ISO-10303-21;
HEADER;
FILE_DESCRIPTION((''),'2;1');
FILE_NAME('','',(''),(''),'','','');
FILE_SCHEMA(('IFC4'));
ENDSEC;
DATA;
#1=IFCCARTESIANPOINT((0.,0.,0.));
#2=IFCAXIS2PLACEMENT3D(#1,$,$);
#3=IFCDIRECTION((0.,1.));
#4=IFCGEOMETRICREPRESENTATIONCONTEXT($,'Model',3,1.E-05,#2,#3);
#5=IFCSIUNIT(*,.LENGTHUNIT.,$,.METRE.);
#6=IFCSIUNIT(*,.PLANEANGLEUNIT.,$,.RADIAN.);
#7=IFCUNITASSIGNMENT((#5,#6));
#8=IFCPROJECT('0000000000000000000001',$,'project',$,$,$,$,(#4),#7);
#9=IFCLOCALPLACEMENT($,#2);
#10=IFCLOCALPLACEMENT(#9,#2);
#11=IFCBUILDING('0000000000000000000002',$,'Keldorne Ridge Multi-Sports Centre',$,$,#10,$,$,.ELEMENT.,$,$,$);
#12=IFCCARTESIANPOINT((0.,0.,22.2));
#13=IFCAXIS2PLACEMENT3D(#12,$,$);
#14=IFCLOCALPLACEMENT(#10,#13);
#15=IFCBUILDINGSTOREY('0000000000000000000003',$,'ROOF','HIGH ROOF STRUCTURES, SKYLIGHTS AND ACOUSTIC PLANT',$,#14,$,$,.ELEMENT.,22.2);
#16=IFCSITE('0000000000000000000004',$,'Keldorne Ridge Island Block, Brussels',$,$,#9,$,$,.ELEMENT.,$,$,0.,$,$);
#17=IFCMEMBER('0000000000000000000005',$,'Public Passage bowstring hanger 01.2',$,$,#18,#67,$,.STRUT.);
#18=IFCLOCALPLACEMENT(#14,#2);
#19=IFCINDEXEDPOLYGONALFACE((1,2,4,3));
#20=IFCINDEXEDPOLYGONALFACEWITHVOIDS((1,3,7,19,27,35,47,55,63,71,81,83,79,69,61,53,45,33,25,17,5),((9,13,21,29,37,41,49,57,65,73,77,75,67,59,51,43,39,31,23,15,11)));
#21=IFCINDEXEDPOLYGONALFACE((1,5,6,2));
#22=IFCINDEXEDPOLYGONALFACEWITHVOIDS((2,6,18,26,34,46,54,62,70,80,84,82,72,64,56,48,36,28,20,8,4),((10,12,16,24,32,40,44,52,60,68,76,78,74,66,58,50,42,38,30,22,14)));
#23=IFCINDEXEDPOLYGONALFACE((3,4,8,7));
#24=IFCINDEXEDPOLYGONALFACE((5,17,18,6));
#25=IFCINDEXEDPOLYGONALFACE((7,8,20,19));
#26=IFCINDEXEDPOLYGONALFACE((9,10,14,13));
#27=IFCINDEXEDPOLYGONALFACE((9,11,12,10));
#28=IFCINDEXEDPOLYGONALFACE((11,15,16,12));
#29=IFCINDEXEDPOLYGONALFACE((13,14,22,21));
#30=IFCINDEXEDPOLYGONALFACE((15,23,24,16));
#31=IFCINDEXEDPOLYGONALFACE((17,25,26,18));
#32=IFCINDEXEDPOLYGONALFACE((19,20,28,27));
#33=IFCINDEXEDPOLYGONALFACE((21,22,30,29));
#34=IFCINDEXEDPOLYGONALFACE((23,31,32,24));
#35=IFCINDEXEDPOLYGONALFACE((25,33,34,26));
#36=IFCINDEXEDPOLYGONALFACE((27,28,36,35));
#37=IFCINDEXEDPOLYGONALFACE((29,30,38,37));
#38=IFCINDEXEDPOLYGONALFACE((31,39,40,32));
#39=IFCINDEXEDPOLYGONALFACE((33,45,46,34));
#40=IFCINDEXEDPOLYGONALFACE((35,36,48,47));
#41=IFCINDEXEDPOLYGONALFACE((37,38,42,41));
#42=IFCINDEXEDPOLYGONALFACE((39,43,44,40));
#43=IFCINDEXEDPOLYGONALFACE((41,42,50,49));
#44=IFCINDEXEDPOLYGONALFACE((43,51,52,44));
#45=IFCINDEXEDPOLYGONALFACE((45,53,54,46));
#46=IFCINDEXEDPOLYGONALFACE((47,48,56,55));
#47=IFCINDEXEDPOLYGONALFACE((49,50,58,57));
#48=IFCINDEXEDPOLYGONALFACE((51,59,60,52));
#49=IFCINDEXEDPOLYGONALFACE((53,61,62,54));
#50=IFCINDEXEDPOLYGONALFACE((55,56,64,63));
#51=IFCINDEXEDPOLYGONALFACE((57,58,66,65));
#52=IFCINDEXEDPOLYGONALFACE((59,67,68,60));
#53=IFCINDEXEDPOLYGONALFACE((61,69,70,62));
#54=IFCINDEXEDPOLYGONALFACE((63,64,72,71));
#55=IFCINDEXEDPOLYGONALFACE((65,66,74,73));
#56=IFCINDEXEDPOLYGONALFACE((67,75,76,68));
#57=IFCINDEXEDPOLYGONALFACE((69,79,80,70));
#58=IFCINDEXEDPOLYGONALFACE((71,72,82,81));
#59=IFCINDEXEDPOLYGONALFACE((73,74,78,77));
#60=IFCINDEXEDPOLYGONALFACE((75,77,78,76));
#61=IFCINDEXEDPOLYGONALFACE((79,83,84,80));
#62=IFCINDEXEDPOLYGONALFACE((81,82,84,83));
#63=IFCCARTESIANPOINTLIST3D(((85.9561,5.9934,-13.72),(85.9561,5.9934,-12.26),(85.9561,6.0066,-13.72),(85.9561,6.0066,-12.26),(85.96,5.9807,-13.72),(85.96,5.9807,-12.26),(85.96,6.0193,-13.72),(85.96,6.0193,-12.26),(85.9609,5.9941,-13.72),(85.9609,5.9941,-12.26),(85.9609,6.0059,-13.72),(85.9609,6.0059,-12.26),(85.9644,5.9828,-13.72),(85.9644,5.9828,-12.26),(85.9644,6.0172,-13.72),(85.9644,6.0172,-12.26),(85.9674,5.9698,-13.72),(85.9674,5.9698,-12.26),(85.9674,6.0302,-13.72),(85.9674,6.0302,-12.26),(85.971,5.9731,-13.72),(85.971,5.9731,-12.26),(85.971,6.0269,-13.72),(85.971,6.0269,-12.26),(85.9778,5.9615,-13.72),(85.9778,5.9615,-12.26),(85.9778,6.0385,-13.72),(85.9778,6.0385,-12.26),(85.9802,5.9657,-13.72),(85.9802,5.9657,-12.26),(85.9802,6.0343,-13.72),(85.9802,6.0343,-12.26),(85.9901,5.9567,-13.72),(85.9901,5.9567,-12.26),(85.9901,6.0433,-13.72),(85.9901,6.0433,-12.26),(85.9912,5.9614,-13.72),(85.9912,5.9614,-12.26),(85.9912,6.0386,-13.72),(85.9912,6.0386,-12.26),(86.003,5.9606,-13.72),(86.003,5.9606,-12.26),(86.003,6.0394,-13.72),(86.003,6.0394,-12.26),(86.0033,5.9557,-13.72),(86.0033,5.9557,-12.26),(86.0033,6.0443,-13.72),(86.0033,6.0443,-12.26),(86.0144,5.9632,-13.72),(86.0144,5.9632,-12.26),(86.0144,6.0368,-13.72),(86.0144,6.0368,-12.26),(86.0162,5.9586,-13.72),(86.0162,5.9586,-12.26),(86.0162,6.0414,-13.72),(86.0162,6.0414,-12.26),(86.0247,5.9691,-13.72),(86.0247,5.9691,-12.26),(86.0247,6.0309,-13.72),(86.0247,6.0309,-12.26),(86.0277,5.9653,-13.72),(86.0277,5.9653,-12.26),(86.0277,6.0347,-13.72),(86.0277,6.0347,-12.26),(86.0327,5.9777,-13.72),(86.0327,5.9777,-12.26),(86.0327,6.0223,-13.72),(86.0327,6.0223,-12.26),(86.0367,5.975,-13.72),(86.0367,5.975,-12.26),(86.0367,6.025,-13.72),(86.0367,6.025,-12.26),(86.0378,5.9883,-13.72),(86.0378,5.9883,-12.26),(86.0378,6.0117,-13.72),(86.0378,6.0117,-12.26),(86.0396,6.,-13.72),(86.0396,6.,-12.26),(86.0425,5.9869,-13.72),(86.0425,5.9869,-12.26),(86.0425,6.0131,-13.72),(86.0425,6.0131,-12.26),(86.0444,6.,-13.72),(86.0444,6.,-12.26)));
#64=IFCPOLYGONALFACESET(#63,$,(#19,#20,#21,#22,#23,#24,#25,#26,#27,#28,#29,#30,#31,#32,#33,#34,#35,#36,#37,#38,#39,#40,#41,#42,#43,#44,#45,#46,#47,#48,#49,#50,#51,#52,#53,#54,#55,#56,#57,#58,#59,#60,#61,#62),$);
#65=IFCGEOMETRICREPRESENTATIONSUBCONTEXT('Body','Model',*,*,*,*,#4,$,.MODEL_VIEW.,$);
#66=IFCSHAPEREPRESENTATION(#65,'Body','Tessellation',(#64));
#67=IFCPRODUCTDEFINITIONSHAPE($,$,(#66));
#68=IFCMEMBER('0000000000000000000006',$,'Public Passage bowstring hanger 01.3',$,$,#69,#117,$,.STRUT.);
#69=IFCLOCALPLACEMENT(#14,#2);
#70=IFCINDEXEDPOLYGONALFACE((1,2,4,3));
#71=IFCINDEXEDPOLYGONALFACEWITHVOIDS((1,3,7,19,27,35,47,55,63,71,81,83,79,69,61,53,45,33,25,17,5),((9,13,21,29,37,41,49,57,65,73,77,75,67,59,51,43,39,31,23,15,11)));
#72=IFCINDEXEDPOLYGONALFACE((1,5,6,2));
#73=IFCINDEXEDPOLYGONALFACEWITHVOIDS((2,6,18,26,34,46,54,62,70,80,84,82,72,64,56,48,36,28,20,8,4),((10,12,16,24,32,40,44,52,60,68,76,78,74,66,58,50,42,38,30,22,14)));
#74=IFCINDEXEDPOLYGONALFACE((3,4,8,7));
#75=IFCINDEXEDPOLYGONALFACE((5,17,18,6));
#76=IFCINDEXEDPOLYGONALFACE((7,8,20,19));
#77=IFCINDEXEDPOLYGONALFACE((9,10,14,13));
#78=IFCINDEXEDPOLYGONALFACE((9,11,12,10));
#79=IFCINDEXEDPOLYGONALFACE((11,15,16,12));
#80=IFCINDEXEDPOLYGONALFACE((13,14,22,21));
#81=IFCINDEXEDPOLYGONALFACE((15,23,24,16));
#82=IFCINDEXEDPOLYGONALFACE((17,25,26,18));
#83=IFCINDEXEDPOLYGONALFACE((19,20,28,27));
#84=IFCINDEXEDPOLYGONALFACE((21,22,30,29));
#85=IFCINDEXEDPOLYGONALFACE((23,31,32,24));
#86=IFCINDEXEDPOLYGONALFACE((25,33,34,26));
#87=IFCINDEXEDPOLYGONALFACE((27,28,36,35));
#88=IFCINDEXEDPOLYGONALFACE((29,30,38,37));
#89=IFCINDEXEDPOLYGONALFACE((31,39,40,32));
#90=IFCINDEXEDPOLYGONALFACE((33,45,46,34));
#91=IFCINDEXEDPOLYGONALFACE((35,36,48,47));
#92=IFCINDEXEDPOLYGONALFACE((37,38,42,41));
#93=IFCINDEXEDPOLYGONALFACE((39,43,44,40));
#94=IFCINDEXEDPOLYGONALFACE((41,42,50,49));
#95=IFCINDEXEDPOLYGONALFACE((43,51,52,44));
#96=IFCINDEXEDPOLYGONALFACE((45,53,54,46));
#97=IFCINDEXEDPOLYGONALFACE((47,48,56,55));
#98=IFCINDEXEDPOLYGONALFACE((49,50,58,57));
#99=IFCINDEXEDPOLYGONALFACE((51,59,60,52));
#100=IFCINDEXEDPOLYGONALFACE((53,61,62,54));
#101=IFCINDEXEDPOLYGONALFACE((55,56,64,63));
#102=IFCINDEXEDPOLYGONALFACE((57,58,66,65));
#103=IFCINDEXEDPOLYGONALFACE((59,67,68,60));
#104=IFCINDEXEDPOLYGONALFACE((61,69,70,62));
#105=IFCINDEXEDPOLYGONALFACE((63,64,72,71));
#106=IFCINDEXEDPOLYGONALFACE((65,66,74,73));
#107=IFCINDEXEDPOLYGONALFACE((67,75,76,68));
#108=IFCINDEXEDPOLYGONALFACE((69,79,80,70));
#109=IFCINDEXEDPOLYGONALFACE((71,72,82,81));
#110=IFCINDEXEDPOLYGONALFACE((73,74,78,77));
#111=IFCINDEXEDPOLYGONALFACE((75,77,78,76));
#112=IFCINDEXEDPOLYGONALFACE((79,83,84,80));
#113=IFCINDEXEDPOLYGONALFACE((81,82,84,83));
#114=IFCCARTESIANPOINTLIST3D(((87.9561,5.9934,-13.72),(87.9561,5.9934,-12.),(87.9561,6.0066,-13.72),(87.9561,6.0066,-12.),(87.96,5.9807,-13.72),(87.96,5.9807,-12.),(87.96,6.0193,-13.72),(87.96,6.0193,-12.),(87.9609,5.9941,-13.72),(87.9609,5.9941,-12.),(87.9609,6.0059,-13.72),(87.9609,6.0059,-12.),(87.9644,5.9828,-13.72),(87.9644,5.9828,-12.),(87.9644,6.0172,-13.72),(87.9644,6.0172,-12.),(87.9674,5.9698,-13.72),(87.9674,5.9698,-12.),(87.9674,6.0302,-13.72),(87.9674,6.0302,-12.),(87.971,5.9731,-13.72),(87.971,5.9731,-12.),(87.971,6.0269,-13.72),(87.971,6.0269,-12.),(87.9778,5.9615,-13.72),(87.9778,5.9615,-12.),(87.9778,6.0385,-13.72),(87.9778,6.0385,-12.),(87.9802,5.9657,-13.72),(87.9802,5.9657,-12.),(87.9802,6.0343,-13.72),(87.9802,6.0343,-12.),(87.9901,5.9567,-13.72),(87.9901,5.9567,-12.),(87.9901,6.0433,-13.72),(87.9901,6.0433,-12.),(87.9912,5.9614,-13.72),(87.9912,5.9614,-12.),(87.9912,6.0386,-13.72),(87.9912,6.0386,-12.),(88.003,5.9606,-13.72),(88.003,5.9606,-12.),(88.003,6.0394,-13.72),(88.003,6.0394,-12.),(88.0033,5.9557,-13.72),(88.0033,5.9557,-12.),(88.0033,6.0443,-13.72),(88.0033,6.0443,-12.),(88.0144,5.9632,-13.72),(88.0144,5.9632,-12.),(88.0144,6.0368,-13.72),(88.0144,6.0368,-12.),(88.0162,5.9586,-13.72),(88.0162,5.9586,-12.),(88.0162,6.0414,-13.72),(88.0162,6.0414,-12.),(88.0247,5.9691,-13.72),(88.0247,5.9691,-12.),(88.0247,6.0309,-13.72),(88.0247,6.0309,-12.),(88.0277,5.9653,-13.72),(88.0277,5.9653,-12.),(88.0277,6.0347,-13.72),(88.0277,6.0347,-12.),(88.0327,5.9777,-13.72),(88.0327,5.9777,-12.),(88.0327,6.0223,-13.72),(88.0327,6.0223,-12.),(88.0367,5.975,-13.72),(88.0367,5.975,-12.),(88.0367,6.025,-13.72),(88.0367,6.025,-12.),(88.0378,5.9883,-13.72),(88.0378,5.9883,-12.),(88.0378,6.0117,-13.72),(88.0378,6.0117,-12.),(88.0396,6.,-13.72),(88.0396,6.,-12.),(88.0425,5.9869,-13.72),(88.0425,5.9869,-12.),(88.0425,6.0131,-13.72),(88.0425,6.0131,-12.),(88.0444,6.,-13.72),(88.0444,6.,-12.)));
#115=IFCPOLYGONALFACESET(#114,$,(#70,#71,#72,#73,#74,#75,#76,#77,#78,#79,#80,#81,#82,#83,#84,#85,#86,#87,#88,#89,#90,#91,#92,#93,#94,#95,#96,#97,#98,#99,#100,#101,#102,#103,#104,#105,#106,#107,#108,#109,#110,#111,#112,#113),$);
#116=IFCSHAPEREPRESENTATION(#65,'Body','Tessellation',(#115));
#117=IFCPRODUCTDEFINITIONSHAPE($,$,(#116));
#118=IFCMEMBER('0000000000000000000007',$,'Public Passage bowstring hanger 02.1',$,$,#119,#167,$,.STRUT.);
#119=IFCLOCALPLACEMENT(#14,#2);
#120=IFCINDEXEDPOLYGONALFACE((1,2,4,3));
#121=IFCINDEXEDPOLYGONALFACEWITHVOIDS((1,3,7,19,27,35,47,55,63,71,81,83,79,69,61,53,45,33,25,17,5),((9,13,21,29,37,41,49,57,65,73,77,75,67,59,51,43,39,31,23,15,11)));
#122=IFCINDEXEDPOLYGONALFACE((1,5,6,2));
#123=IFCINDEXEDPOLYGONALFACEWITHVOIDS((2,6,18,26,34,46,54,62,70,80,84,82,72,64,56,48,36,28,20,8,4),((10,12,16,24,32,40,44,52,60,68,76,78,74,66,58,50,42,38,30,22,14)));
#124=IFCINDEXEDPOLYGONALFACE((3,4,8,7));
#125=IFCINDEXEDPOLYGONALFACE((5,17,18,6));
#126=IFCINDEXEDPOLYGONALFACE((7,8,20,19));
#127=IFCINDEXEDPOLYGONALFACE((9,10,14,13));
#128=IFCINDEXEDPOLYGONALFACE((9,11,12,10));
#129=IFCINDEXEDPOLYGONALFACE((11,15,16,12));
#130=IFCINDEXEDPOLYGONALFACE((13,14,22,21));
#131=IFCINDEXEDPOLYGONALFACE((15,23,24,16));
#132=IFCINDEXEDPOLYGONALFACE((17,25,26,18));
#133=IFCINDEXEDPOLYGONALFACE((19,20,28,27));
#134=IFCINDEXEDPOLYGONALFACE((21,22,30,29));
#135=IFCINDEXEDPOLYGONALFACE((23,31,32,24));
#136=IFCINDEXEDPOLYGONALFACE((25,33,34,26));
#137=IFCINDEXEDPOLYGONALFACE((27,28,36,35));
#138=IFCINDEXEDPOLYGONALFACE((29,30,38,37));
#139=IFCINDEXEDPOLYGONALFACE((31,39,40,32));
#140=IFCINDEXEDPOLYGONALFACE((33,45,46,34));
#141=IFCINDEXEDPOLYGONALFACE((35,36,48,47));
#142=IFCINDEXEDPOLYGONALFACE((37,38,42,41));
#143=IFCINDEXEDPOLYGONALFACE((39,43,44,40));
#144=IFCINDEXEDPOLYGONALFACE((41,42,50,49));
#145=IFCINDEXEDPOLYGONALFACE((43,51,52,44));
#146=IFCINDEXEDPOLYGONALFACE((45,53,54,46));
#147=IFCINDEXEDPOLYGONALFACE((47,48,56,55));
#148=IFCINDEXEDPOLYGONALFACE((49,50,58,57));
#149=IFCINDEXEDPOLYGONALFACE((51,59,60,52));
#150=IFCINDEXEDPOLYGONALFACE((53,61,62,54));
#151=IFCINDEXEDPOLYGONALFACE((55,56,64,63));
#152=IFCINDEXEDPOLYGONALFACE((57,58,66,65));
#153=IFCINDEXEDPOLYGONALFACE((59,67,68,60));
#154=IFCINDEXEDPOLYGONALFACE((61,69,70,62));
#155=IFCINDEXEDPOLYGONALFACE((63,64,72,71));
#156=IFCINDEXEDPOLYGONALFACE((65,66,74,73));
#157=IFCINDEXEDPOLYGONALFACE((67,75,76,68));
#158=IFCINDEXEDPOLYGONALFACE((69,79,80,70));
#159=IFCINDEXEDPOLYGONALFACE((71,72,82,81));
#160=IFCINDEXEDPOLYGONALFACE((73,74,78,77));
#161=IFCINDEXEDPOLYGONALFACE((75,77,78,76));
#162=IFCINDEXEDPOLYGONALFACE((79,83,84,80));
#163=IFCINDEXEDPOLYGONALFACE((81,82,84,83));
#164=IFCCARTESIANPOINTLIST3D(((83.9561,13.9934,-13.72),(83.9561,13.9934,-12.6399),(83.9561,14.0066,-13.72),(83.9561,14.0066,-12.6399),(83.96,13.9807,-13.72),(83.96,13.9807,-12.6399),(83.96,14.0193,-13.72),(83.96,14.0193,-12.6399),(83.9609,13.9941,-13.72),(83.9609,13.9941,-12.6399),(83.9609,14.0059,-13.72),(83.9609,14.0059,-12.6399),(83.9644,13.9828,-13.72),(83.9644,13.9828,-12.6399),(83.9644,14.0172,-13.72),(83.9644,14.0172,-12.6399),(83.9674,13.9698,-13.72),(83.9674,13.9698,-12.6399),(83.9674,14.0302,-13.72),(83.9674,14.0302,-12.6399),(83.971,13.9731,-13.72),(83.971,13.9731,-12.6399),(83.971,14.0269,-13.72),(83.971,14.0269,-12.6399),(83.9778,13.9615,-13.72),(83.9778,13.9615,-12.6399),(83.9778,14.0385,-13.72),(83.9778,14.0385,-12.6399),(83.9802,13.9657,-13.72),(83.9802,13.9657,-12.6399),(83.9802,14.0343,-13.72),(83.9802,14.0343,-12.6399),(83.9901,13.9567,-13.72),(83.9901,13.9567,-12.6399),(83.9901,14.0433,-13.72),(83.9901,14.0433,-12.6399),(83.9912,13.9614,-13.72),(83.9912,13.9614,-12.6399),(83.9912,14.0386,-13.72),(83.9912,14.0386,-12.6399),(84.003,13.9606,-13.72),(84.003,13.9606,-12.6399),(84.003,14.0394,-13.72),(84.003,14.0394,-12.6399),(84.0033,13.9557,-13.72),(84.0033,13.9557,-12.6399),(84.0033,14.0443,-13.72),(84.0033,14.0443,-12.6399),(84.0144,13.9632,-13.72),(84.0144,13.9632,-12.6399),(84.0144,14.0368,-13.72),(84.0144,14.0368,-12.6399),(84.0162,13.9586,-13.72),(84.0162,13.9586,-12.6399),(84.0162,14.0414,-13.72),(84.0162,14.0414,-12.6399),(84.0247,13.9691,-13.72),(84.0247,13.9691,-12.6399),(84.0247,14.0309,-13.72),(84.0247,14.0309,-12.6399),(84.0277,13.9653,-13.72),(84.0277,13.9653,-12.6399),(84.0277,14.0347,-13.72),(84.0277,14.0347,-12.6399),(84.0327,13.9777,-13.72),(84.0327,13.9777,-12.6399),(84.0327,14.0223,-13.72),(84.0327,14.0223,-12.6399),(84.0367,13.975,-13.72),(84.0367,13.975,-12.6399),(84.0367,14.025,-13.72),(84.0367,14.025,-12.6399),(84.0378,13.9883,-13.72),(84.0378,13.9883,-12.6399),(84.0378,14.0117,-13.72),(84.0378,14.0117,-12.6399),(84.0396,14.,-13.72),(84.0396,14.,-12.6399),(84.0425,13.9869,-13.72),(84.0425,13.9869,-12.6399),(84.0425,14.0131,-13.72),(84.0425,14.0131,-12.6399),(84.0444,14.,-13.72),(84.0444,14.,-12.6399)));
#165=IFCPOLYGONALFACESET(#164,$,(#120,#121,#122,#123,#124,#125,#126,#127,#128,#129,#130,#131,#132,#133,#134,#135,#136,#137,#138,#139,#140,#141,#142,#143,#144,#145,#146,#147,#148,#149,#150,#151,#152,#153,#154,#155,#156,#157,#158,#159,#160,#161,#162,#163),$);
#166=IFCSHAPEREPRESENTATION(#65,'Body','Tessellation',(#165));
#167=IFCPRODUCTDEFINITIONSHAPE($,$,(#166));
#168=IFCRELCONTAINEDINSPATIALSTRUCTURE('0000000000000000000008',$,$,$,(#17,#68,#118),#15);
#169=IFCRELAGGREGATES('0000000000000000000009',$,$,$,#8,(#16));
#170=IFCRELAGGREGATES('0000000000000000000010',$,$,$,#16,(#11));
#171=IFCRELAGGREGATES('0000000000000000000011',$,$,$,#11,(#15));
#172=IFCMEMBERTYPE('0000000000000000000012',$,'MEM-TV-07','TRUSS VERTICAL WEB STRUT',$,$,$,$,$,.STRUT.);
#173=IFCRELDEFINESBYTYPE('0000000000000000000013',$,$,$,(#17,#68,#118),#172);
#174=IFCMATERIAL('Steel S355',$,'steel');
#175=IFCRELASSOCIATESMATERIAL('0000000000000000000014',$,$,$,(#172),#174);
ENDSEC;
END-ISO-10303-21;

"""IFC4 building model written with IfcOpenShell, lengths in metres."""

from ifc_helpers import new_model, si_unit, direction, frame, origin, origin_2d, place, context, subcontext, project, spatial, hollow_circle, extrude, material, material_profile, profile_set, type_object, element, save


model = new_model("IFC4")

# Units and contexts
model_context = context("Model", 3, precision=1e-05, world=origin(), true_north=direction((0.0, 1.0)))
body_context = subcontext(model_context, "Body", "Model", "MODEL_VIEW")
ifc_project = project(units=[si_unit("LENGTHUNIT", "METRE"), si_unit("PLANEANGLEUNIT", "RADIAN")], contexts=[model_context])

# Site, building, storey
site_placement = place(None, origin())
site = spatial("IfcSite", under=ifc_project, at=site_placement, Name="Keldorne Ridge Island Block, Brussels", CompositionType="ELEMENT", RefElevation=0.0)
building_placement = place(site_placement, origin())
building = spatial("IfcBuilding", under=site, at=building_placement, Name="Keldorne Ridge Multi-Sports Centre", CompositionType="ELEMENT")
storey_placement = place(building_placement, frame((0.0, 0.0, 22.2)))
storey = spatial("IfcBuildingStorey", under=building, at=storey_placement, Name="ROOF", Description="HIGH ROOF STRUCTURES, SKYLIGHTS AND ACOUSTIC PLANT", CompositionType="ELEMENT", Elevation=22.2)

# Members
ifc_material = material(Name="Steel S355", Category="steel")
ifc_material_profile_1 = material_profile(ifc_material, hollow_circle(Radius=0.0444, WallThickness=0.0049, at=origin_2d()), Name="CHS 88.9x5")
ifc_profile_set_1 = profile_set([ifc_material_profile_1], Name="Steel S355")
member_type_1 = type_object("IfcMemberType", Name="MEM-TV-07", Description="TRUSS VERTICAL WEB STRUT", PredefinedType="STRUT", material=ifc_profile_set_1)
member_1_placement = place(storey_placement, frame((86.0, 6.0, -13.72), z_axis=(0.0, 0.0, 1.0), x_axis=(1.0, 0.0, 0.0)))
element("IfcMember", 1, at=member_1_placement, inside=storey, type_object=member_type_1, Name="Public Passage bowstring hanger 01.2", PredefinedType="STRUT", context=body_context, shape_type="SweptSolid", body=[
    extrude(hollow_circle(Radius=0.0444, WallThickness=0.0049, at=origin_2d()), origin(), (0.0, 0.0, 1.0), 1.46),
])
member_2_placement = place(storey_placement, frame((88.0, 6.0, -13.72), z_axis=(0.0, 0.0, 1.0), x_axis=(1.0, 0.0, 0.0)))
element("IfcMember", 2, at=member_2_placement, inside=storey, type_object=member_type_1, Name="Public Passage bowstring hanger 01.3", PredefinedType="STRUT", context=body_context, shape_type="SweptSolid", body=[
    extrude(hollow_circle(Radius=0.0444, WallThickness=0.0049, at=origin_2d()), origin(), (0.0, 0.0, 1.0), 1.72),
])
member_3_placement = place(storey_placement, frame((84.0, 14.0, -13.72), z_axis=(0.0, 0.0, 1.0), x_axis=(1.0, 0.0, 0.0)))
element("IfcMember", 3, at=member_3_placement, inside=storey, type_object=member_type_1, Name="Public Passage bowstring hanger 02.1", PredefinedType="STRUT", context=body_context, shape_type="SweptSolid", body=[
    extrude(hollow_circle(Radius=0.0444, WallThickness=0.0049, at=origin_2d()), origin(), (0.0, 0.0, 1.0), 1.0801),
])

save(model, "model.ifc")
